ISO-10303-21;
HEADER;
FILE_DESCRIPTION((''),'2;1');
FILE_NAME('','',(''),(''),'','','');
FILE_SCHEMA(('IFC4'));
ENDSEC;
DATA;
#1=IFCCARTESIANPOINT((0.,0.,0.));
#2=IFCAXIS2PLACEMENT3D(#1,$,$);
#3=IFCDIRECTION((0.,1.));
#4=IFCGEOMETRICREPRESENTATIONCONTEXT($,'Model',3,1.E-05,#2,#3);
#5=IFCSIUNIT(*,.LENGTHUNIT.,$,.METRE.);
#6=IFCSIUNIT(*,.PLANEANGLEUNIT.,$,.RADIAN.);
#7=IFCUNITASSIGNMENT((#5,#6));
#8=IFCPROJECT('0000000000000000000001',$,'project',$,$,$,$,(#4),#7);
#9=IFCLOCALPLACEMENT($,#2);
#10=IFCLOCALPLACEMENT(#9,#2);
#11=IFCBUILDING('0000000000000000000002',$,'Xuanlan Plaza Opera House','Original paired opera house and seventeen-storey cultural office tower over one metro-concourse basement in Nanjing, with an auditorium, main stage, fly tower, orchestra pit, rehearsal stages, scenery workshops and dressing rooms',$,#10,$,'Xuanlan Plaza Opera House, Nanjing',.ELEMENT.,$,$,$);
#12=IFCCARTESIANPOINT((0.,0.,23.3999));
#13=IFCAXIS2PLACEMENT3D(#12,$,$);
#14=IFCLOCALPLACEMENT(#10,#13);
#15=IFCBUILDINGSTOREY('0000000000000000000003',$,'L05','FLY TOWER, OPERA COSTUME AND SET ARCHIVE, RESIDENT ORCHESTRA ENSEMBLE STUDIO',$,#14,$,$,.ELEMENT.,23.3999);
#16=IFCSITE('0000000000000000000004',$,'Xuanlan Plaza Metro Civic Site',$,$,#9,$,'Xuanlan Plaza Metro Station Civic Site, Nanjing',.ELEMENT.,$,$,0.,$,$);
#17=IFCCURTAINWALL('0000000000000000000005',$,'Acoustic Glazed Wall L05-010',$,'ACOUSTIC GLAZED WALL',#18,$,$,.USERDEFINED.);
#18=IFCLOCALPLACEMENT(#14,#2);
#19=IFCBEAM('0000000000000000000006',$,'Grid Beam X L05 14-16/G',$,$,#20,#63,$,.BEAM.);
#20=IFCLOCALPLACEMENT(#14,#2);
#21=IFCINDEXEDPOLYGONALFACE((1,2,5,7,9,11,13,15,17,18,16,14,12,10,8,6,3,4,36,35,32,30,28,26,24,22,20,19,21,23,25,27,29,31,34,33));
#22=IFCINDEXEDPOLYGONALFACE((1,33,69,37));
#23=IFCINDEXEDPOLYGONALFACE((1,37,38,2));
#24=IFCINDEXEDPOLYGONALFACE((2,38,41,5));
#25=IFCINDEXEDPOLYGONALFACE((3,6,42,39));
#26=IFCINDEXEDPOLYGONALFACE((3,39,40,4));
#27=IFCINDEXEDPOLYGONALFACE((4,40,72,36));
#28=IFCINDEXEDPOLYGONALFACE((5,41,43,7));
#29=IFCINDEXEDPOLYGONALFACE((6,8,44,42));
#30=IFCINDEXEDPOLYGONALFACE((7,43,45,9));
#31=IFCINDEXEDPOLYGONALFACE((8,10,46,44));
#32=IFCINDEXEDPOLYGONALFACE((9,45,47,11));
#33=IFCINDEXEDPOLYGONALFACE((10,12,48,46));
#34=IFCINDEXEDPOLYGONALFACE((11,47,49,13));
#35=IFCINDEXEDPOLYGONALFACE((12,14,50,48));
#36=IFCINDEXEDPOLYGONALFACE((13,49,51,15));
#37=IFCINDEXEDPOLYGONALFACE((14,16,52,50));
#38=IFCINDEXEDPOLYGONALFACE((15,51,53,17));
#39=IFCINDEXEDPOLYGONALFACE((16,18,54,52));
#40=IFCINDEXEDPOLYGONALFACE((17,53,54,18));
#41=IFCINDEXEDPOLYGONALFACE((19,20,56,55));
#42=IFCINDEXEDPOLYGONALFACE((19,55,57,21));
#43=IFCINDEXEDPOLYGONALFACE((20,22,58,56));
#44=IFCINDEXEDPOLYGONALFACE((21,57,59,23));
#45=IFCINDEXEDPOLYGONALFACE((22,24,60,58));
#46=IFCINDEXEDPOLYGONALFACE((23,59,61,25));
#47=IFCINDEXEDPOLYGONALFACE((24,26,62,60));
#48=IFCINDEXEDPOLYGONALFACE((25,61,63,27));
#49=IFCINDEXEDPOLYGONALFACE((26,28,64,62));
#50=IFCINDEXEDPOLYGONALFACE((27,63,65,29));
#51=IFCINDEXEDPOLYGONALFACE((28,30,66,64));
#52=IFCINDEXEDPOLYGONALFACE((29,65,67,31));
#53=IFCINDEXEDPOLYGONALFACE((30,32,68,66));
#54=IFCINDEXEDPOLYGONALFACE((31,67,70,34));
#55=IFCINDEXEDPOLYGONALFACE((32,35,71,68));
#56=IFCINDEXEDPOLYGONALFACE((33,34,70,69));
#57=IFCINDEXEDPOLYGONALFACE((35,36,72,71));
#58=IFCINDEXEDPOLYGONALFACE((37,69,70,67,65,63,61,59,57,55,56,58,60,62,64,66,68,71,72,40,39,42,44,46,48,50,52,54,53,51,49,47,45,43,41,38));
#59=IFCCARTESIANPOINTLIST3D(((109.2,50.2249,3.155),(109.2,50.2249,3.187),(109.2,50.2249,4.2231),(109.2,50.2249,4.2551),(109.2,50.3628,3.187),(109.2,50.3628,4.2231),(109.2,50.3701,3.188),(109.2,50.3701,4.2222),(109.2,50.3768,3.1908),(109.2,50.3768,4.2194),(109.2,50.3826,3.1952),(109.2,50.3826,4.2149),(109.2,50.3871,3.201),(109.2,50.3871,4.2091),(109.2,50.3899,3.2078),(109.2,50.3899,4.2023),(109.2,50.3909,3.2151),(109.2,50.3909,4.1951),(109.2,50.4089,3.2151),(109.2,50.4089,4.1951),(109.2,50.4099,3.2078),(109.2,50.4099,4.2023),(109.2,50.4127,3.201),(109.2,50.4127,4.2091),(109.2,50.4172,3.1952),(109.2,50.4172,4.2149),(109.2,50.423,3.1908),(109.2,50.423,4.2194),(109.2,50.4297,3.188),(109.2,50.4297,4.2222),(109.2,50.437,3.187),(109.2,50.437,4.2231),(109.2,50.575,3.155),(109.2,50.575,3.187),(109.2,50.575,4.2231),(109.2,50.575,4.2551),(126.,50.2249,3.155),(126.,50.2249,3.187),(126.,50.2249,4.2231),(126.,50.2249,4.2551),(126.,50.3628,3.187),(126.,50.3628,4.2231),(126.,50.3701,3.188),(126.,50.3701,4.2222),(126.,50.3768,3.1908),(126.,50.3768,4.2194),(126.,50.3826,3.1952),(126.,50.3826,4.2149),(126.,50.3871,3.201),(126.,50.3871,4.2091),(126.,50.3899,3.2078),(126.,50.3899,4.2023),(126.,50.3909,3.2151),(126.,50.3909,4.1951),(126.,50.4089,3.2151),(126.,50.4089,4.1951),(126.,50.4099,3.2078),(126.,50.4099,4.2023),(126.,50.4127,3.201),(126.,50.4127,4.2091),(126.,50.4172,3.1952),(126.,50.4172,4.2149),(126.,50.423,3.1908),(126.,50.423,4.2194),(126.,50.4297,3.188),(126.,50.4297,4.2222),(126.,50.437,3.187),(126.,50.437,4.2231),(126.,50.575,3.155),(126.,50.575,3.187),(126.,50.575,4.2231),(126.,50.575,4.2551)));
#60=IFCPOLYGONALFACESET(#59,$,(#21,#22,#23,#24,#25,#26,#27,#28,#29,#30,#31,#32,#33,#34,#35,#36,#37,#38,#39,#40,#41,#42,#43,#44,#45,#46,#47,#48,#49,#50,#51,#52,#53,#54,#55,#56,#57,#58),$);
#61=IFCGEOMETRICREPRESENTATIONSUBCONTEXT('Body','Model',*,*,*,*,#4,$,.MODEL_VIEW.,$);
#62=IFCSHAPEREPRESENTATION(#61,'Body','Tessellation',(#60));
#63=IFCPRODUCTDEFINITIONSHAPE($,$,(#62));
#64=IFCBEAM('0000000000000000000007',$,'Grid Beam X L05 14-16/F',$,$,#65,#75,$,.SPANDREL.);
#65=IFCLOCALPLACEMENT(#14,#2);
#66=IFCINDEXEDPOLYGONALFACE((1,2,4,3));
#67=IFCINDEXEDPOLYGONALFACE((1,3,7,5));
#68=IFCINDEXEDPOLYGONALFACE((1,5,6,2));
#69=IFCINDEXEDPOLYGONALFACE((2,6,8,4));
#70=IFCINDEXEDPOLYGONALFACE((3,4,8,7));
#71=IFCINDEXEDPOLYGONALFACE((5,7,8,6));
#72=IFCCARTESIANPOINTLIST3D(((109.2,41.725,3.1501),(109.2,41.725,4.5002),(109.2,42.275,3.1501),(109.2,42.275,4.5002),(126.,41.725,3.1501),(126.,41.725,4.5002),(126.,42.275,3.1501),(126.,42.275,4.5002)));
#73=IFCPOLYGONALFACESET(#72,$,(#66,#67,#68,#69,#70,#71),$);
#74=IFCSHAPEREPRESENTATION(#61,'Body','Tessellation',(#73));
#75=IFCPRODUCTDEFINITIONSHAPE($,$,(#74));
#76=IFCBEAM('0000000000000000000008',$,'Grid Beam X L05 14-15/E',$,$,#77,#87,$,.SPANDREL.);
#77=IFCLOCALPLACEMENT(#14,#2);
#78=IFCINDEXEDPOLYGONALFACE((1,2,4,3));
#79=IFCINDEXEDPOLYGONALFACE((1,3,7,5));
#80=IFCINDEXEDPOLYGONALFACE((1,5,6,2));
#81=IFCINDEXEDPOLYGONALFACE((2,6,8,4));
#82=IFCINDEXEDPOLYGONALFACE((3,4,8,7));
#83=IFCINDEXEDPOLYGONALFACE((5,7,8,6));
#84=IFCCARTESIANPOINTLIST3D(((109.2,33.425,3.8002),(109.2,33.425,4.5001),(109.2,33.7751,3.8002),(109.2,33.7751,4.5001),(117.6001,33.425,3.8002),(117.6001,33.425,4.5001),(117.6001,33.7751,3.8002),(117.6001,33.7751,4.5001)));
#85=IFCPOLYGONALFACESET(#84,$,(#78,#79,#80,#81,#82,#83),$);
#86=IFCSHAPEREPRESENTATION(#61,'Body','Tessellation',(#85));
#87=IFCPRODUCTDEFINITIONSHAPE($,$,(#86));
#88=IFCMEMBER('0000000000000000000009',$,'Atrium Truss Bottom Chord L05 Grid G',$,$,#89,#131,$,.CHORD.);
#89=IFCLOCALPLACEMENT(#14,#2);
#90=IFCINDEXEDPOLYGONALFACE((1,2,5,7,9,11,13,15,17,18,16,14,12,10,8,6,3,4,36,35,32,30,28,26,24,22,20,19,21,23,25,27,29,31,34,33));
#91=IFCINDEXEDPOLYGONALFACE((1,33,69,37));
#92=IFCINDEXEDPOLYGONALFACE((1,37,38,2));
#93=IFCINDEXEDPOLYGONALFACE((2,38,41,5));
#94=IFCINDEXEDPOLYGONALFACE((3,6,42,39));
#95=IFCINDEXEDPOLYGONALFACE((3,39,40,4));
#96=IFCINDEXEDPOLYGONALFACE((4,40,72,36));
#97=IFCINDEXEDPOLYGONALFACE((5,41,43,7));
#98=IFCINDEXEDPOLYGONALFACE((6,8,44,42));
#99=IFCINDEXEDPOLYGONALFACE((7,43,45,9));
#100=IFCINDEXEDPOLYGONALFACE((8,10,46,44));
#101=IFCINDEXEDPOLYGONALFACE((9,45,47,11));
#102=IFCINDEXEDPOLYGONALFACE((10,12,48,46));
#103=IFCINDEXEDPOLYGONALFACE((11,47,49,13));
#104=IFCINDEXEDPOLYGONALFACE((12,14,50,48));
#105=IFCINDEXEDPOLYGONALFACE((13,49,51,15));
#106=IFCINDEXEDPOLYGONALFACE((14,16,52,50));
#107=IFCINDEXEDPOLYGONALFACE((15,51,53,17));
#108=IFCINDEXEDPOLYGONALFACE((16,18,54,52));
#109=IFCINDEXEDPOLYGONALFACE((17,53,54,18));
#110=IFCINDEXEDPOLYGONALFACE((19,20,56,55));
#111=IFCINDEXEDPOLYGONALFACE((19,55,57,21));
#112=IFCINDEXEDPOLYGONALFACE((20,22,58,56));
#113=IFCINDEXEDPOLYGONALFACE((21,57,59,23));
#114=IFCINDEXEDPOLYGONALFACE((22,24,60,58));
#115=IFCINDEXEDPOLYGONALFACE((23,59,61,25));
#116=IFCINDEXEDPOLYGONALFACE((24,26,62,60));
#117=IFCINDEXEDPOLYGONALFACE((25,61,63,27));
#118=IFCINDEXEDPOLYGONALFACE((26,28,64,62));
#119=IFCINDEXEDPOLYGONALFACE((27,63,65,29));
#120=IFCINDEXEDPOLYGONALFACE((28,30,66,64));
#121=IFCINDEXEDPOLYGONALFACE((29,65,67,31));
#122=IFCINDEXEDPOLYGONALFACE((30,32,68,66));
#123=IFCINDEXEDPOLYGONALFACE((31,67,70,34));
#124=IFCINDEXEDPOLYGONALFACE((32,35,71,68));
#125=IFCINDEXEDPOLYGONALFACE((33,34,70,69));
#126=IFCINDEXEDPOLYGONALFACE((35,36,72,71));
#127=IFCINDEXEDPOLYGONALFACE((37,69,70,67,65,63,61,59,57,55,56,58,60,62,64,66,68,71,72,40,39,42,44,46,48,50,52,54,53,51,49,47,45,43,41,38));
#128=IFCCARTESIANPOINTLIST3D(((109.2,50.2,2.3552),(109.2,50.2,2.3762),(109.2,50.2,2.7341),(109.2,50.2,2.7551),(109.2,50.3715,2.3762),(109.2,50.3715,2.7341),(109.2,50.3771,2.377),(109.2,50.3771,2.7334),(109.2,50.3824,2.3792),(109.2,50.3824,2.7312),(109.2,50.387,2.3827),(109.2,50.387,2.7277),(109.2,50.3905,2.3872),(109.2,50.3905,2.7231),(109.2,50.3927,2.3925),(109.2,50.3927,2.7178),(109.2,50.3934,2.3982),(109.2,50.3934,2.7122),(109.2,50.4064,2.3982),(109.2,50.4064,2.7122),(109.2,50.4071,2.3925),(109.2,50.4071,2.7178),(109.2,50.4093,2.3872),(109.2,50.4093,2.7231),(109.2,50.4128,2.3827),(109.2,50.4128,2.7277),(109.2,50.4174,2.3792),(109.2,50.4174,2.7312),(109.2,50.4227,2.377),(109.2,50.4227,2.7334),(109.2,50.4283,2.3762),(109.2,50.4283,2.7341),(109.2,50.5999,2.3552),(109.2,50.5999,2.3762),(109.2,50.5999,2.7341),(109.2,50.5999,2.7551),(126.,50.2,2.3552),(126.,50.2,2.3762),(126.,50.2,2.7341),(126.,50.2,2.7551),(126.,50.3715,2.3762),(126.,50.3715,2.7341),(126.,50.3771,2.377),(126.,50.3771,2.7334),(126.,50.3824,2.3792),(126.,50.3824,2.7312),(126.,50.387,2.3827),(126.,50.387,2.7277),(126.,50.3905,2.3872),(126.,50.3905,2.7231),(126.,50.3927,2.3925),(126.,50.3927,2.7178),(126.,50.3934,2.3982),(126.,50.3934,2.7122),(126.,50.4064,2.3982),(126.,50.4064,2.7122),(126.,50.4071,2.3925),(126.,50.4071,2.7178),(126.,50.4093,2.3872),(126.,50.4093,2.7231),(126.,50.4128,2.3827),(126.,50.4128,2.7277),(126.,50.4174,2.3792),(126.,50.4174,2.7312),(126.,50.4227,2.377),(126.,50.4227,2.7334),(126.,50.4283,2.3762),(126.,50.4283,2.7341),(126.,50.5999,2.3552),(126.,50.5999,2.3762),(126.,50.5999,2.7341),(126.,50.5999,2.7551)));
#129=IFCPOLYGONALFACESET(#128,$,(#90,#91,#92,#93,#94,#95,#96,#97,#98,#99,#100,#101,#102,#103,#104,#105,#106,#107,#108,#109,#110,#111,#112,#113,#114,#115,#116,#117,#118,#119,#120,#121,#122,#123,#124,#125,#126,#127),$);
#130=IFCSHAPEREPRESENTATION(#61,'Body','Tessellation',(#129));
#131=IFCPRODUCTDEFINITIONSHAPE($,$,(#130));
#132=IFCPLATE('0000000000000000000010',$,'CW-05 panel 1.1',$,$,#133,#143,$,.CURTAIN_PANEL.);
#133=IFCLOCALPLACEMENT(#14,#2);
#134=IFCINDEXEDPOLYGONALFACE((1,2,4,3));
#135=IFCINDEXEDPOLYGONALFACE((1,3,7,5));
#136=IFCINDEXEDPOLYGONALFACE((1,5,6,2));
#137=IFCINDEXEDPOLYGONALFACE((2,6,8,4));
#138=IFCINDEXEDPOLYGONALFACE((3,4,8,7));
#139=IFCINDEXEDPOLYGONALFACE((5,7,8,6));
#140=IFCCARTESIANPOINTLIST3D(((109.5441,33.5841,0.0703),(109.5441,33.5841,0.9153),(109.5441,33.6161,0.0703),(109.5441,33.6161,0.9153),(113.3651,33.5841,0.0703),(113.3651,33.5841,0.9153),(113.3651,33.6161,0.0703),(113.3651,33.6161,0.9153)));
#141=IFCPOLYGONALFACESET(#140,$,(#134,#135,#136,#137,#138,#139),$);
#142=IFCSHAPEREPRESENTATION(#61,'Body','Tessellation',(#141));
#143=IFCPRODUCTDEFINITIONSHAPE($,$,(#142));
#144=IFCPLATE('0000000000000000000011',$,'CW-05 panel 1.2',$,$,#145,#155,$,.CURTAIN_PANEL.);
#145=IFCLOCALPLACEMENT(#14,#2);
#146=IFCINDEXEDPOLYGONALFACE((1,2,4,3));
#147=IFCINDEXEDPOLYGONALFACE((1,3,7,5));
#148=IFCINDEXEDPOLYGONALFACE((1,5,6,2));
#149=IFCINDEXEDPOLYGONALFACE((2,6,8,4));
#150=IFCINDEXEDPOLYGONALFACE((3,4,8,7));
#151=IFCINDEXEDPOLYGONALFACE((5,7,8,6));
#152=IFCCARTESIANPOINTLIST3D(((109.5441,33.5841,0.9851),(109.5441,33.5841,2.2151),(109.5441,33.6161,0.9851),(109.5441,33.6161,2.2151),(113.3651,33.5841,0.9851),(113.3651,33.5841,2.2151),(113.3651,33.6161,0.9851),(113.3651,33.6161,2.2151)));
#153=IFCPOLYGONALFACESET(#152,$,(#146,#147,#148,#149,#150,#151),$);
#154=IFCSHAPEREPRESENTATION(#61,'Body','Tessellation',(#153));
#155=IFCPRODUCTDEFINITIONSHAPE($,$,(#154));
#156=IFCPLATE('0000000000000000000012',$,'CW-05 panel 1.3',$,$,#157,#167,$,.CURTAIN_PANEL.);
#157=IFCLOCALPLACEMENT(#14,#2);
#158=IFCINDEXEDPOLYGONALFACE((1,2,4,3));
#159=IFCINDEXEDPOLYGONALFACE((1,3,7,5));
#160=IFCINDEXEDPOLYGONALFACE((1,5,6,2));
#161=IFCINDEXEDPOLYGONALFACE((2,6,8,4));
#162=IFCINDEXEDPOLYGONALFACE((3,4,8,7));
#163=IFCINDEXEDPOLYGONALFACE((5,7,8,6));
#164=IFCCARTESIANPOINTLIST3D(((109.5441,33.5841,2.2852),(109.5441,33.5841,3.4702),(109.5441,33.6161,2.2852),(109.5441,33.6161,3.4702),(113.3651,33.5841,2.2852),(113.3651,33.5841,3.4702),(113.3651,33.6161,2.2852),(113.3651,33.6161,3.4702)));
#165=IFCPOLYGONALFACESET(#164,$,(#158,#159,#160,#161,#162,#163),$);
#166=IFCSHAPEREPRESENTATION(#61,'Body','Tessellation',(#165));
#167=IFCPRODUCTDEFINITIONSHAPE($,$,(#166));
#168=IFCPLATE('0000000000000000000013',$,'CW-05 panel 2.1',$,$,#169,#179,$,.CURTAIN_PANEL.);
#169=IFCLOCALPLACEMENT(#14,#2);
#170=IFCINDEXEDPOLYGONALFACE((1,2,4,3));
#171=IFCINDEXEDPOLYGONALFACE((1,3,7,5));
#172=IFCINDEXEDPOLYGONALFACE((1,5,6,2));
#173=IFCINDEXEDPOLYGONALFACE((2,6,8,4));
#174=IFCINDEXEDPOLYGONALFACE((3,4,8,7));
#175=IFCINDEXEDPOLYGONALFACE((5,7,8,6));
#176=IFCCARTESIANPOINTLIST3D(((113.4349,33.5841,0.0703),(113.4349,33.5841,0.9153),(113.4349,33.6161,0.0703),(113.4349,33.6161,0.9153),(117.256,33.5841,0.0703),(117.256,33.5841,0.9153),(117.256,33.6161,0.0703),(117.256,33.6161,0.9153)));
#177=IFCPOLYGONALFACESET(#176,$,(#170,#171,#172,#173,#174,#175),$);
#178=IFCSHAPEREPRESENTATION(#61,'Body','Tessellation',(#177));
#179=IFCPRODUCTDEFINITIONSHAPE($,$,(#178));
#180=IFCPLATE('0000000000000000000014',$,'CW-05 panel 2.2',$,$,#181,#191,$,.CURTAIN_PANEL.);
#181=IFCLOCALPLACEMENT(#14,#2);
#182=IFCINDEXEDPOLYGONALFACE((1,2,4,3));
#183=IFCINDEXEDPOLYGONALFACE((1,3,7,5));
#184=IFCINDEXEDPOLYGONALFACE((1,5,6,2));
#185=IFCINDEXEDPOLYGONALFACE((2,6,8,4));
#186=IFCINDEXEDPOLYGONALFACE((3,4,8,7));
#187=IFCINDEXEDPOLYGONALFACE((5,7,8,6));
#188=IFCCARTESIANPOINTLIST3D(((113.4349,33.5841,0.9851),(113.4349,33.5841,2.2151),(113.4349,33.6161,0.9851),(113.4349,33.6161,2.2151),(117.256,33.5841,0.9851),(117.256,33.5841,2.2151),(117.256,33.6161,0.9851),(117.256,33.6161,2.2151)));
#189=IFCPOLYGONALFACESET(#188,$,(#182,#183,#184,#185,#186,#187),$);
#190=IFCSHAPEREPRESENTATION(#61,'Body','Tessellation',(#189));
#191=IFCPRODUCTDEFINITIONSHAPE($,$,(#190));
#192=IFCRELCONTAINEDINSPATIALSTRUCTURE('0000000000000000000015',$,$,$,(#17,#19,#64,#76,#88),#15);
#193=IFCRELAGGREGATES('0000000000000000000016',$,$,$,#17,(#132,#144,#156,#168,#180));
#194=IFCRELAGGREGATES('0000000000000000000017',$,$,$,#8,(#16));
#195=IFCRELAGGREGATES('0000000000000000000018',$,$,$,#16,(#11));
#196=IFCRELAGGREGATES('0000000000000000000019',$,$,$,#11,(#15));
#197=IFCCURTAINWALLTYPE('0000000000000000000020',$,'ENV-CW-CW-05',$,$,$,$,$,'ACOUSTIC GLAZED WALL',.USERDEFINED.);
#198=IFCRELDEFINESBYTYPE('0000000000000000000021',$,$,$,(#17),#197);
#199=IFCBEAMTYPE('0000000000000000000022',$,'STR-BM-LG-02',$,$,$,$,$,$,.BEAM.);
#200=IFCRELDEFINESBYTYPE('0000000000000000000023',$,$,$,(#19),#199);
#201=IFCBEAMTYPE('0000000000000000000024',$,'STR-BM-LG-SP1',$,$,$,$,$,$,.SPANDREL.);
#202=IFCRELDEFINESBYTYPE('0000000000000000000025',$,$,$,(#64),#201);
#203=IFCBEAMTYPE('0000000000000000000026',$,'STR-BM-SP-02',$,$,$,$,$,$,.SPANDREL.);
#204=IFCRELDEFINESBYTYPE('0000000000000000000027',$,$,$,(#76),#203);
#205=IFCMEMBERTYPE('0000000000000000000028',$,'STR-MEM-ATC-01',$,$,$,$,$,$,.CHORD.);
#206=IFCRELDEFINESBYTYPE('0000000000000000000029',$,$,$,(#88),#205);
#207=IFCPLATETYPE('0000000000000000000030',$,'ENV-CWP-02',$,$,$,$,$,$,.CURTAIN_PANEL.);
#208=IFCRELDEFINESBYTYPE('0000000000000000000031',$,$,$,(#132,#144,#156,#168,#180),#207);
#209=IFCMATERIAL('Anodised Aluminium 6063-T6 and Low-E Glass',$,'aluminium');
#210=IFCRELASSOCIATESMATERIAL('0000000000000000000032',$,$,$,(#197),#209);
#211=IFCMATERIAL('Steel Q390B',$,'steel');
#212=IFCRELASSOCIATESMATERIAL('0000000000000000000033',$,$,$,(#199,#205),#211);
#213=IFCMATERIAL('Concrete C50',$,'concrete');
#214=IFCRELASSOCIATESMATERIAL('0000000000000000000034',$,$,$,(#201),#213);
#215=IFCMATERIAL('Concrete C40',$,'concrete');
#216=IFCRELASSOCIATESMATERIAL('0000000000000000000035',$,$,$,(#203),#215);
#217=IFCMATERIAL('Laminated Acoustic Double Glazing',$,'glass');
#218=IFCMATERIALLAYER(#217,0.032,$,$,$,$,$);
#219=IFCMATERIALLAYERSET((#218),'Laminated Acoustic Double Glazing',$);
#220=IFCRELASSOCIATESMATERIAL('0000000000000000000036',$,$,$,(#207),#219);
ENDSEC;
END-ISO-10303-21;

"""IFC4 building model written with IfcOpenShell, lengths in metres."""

from ifc_helpers import new_model, si_unit, direction, frame, origin, origin_2d, place, context, subcontext, project, spatial, rectangle, i_section, extrude, material, layer, layer_set, material_profile, profile_set, type_object, element, aggregate, save


model = new_model("IFC4")

# Units and contexts
model_context = context("Model", 3, precision=1e-05, world=origin(), true_north=direction((0.0, 1.0)))
body_context = subcontext(model_context, "Body", "Model", "MODEL_VIEW")
ifc_project = project(units=[si_unit("LENGTHUNIT", "METRE"), si_unit("PLANEANGLEUNIT", "RADIAN")], contexts=[model_context])

# Site, building, storey
site_placement = place(None, origin())
site = spatial("IfcSite", under=ifc_project, at=site_placement, Name="Xuanlan Plaza Metro Civic Site", LongName="Xuanlan Plaza Metro Station Civic Site, Nanjing", CompositionType="ELEMENT", RefElevation=0.0)
building_placement = place(site_placement, origin())
building = spatial("IfcBuilding", under=site, at=building_placement, Name="Xuanlan Plaza Opera House", Description="Original paired opera house and seventeen-storey cultural office tower over one metro-concourse basement in Nanjing, with an auditorium, main stage, fly tower, orchestra pit, rehearsal stages, scenery workshops and dressing rooms", LongName="Xuanlan Plaza Opera House, Nanjing", CompositionType="ELEMENT")
storey_placement = place(building_placement, frame((0.0, 0.0, 23.3999)))
storey = spatial("IfcBuildingStorey", under=building, at=storey_placement, Name="L05", Description="FLY TOWER, OPERA COSTUME AND SET ARCHIVE, RESIDENT ORCHESTRA ENSEMBLE STUDIO", CompositionType="ELEMENT", Elevation=23.3999)

# Shared definitions
ifc_material_1 = material(Name="Concrete C50", Category="concrete")

# Shared definitions
ifc_material_2 = material(Name="Anodised Aluminium 6063-T6 and Low-E Glass", Category="aluminium")

# Curtain wall
curtain_wall_type_1 = type_object("IfcCurtainWallType", Name="ENV-CW-CW-05", ElementType="ACOUSTIC GLAZED WALL", PredefinedType="USERDEFINED", material=ifc_material_2)
curtain_wall_1_placement = place(storey_placement, origin())
curtain_wall_1 = element("IfcCurtainWall", 1, at=curtain_wall_1_placement, inside=storey, type_object=curtain_wall_type_1, Name="Acoustic Glazed Wall L05-010", ObjectType="ACOUSTIC GLAZED WALL", PredefinedType="USERDEFINED")

# Beams
ifc_material_3 = material(Name="Concrete C40", Category="concrete")
ifc_material_4 = material(Name="Steel Q390B", Category="steel")
ifc_material_profile_1 = material_profile(ifc_material_4, i_section(OverallWidth=0.3501, OverallDepth=1.1001, WebThickness=0.0181, FlangeThickness=0.032, FilletRadius=0.0281, at=origin_2d()), Name="HN 1100x350x18x32")
ifc_profile_set_1 = profile_set([ifc_material_profile_1], Name="Steel Q390B")
beam_type_1 = type_object("IfcBeamType", Name="STR-BM-LG-02", PredefinedType="BEAM", material=ifc_profile_set_1)
beam_1_placement = place(storey_placement, frame((109.2, 50.3999, 3.7051), z_axis=(1.0, 0.0, 0.0), x_axis=(0.0, 1.0, 0.0)))
element("IfcBeam", 2, at=beam_1_placement, inside=storey, type_object=beam_type_1, Name="Grid Beam X L05 14-16/G", PredefinedType="BEAM", context=body_context, shape_type="SweptSolid", body=[
    extrude(i_section(OverallWidth=0.3501, OverallDepth=1.1001, WebThickness=0.0181, FlangeThickness=0.032, FilletRadius=0.0281, at=origin_2d()), origin(), (0.0, 0.0, 1.0), 16.8),
])
ifc_material_profile_2 = material_profile(ifc_material_1, rectangle(XDim=0.55, YDim=1.3501, at=origin_2d()), Name="RC-SPD 550x1350")
ifc_profile_set_2 = profile_set([ifc_material_profile_2], Name="Concrete C50")
beam_type_2 = type_object("IfcBeamType", Name="STR-BM-LG-SP1", PredefinedType="SPANDREL", material=ifc_profile_set_2)
beam_2_placement = place(storey_placement, frame((109.2, 42.0, 3.8252), z_axis=(1.0, 0.0, 0.0), x_axis=(0.0, 1.0, 0.0)))
element("IfcBeam", 3, at=beam_2_placement, inside=storey, type_object=beam_type_2, Name="Grid Beam X L05 14-16/F", PredefinedType="SPANDREL", context=body_context, shape_type="SweptSolid", body=[
    extrude(rectangle(XDim=0.55, YDim=1.3501, at=origin_2d()), origin(), (0.0, 0.0, 1.0), 16.8),
])
ifc_material_profile_3 = material_profile(ifc_material_3, rectangle(XDim=0.3501, YDim=0.7, at=origin_2d()), Name="RC-SPD 350x700")
ifc_profile_set_3 = profile_set([ifc_material_profile_3], Name="Concrete C40")
beam_type_3 = type_object("IfcBeamType", Name="STR-BM-SP-02", PredefinedType="SPANDREL", material=ifc_profile_set_3)
beam_3_placement = place(storey_placement, frame((109.2, 33.6001, 4.1501), z_axis=(1.0, 0.0, 0.0), x_axis=(0.0, 1.0, 0.0)))
element("IfcBeam", 4, at=beam_3_placement, inside=storey, type_object=beam_type_3, Name="Grid Beam X L05 14-15/E", PredefinedType="SPANDREL", context=body_context, shape_type="SweptSolid", body=[
    extrude(rectangle(XDim=0.3501, YDim=0.7, at=origin_2d()), origin(), (0.0, 0.0, 1.0), 8.4001),
])

# Member
ifc_material_profile_4 = material_profile(ifc_material_4, i_section(OverallWidth=0.3999, OverallDepth=0.3999, WebThickness=0.0129, FlangeThickness=0.021, FilletRadius=0.022, at=origin_2d()), Name="HW 400x400x13x21")
ifc_profile_set_4 = profile_set([ifc_material_profile_4], Name="Steel Q390B")
member_type_1 = type_object("IfcMemberType", Name="STR-MEM-ATC-01", PredefinedType="CHORD", material=ifc_profile_set_4)
member_1_placement = place(storey_placement, frame((109.2, 50.3999, 2.5552), z_axis=(1.0, 0.0, 0.0), x_axis=(0.0, 1.0, 0.0)))
element("IfcMember", 5, at=member_1_placement, inside=storey, type_object=member_type_1, Name="Atrium Truss Bottom Chord L05 Grid G", PredefinedType="CHORD", context=body_context, shape_type="SweptSolid", body=[
    extrude(i_section(OverallWidth=0.3999, OverallDepth=0.3999, WebThickness=0.0129, FlangeThickness=0.021, FilletRadius=0.022, at=origin_2d()), origin(), (0.0, 0.0, 1.0), 16.8),
])

# Plates
ifc_material_5 = material(Name="Laminated Acoustic Double Glazing", Category="glass")
ifc_layer_1 = layer(ifc_material_5, 0.032)
ifc_layer_set_1 = layer_set([ifc_layer_1], Name="Laminated Acoustic Double Glazing")
plate_type_1 = type_object("IfcPlateType", Name="ENV-CWP-02", PredefinedType="CURTAIN_PANEL", material=ifc_layer_set_1)
plate_1_placement = place(storey_placement, frame((111.4546, 33.6001, 0.0703), z_axis=(0.0, 0.0, 1.0), x_axis=(1.0, 0.0, 0.0)))
plate_1 = element("IfcPlate", 6, at=plate_1_placement, type_object=plate_type_1, Name="CW-05 panel 1.1", PredefinedType="CURTAIN_PANEL", context=body_context, shape_type="SweptSolid", body=[
    extrude(rectangle(XDim=3.821, YDim=0.032, at=origin_2d()), origin(), (0.0, 0.0, 1.0), 0.845),
])
plate_2_placement = place(storey_placement, frame((111.4546, 33.6001, 0.9851), z_axis=(0.0, 0.0, 1.0), x_axis=(1.0, 0.0, 0.0)))
plate_2 = element("IfcPlate", 7, at=plate_2_placement, type_object=plate_type_1, Name="CW-05 panel 1.2", PredefinedType="CURTAIN_PANEL", context=body_context, shape_type="SweptSolid", body=[
    extrude(rectangle(XDim=3.821, YDim=0.032, at=origin_2d()), origin(), (0.0, 0.0, 1.0), 1.23),
])
plate_3_placement = place(storey_placement, frame((111.4546, 33.6001, 2.2852), z_axis=(0.0, 0.0, 1.0), x_axis=(1.0, 0.0, 0.0)))
plate_3 = element("IfcPlate", 8, at=plate_3_placement, type_object=plate_type_1, Name="CW-05 panel 1.3", PredefinedType="CURTAIN_PANEL", context=body_context, shape_type="SweptSolid", body=[
    extrude(rectangle(XDim=3.821, YDim=0.032, at=origin_2d()), origin(), (0.0, 0.0, 1.0), 1.1851),
])
plate_4_placement = place(storey_placement, frame((115.3455, 33.6001, 0.0703), z_axis=(0.0, 0.0, 1.0), x_axis=(1.0, 0.0, 0.0)))
plate_4 = element("IfcPlate", 9, at=plate_4_placement, type_object=plate_type_1, Name="CW-05 panel 2.1", PredefinedType="CURTAIN_PANEL", context=body_context, shape_type="SweptSolid", body=[
    extrude(rectangle(XDim=3.821, YDim=0.032, at=origin_2d()), origin(), (0.0, 0.0, 1.0), 0.845),
])
plate_5_placement = place(storey_placement, frame((115.3455, 33.6001, 0.9851), z_axis=(0.0, 0.0, 1.0), x_axis=(1.0, 0.0, 0.0)))
plate_5 = element("IfcPlate", 10, at=plate_5_placement, type_object=plate_type_1, Name="CW-05 panel 2.2", PredefinedType="CURTAIN_PANEL", context=body_context, shape_type="SweptSolid", body=[
    extrude(rectangle(XDim=3.821, YDim=0.032, at=origin_2d()), origin(), (0.0, 0.0, 1.0), 1.23),
])
aggregate(curtain_wall_1, [plate_1, plate_2, plate_3, plate_4, plate_5])

save(model, "model.ifc")
